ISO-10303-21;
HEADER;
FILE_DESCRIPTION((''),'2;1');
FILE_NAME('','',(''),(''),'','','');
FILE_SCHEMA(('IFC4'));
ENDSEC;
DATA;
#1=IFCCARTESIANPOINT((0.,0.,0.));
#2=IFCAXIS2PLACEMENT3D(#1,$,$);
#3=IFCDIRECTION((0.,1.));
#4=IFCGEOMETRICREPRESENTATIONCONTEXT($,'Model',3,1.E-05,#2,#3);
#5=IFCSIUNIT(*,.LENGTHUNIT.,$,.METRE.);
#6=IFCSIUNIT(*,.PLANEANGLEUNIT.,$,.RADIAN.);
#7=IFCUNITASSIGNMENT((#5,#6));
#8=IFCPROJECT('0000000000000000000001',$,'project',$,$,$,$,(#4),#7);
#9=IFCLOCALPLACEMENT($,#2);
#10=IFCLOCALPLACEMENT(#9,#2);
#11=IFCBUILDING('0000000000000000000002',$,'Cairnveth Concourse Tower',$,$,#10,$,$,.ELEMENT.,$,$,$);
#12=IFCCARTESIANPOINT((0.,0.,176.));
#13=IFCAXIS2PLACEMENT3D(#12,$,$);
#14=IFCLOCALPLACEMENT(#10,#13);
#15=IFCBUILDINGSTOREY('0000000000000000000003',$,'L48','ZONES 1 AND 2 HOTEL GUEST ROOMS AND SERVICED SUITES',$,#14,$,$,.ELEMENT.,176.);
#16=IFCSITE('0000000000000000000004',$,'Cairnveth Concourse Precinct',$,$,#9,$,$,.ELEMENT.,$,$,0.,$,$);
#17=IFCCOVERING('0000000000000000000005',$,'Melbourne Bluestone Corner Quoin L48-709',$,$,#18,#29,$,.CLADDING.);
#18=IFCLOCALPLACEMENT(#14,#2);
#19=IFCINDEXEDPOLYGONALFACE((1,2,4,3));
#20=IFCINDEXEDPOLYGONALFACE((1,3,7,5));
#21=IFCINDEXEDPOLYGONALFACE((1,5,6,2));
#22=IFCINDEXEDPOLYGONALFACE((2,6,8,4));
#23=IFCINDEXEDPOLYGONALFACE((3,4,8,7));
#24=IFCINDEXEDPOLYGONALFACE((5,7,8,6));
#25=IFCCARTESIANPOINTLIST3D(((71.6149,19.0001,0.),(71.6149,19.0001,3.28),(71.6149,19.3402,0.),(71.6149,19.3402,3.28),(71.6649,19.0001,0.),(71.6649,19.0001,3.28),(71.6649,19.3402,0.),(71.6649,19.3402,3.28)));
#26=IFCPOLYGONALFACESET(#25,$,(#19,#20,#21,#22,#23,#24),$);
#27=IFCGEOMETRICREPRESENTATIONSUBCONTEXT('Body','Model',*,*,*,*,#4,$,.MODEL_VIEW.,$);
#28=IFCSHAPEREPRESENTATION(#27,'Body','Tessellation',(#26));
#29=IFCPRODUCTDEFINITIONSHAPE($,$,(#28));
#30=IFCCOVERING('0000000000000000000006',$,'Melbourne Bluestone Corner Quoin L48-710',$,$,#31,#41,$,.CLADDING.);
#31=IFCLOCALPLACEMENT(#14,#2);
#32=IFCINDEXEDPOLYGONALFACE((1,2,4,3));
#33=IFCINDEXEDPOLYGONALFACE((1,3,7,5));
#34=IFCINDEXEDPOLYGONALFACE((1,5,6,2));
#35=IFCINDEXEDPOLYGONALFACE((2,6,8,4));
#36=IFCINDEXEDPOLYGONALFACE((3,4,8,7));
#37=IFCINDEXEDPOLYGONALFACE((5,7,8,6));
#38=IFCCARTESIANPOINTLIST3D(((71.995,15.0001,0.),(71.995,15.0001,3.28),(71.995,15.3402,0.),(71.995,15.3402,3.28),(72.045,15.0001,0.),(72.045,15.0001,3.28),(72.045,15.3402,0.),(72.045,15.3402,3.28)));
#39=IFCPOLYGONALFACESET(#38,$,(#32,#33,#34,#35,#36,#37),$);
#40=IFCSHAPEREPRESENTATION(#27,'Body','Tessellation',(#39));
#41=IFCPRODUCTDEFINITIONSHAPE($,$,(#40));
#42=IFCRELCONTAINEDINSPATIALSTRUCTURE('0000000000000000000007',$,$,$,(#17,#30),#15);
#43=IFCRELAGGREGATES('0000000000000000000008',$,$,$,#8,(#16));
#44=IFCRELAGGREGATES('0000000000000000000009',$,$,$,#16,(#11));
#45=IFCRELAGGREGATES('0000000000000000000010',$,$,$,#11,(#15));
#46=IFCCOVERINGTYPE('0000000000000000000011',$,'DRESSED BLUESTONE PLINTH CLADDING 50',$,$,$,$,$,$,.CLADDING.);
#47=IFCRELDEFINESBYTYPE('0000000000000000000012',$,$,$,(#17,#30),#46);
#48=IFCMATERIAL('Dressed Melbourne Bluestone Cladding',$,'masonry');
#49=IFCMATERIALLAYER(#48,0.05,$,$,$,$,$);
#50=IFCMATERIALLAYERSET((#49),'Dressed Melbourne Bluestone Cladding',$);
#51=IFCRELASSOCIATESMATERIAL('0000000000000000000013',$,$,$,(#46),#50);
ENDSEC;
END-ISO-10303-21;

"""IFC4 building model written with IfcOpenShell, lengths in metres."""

from ifc_helpers import new_model, si_unit, direction, frame, frame_2d, origin, place, context, subcontext, project, spatial, rectangle, extrude, material, layer, layer_set, type_object, element, save


model = new_model("IFC4")

# Units and contexts
model_context = context("Model", 3, precision=1e-05, world=origin(), true_north=direction((0.0, 1.0)))
body_context = subcontext(model_context, "Body", "Model", "MODEL_VIEW")
ifc_project = project(units=[si_unit("LENGTHUNIT", "METRE"), si_unit("PLANEANGLEUNIT", "RADIAN")], contexts=[model_context])

# Site, building, storey
site_placement = place(None, origin())
site = spatial("IfcSite", under=ifc_project, at=site_placement, Name="Cairnveth Concourse Precinct", CompositionType="ELEMENT", RefElevation=0.0)
building_placement = place(site_placement, origin())
building = spatial("IfcBuilding", under=site, at=building_placement, Name="Cairnveth Concourse Tower", CompositionType="ELEMENT")
storey_placement = place(building_placement, frame((0.0, 0.0, 176.0)))
storey = spatial("IfcBuildingStorey", under=building, at=storey_placement, Name="L48", Description="ZONES 1 AND 2 HOTEL GUEST ROOMS AND SERVICED SUITES", CompositionType="ELEMENT", Elevation=176.0)

# Coverings
ifc_material_1 = material(Name="Dressed Melbourne Bluestone Cladding", Category="masonry")
ifc_layer_1 = layer(ifc_material_1, 0.05)
ifc_layer_set_1 = layer_set([ifc_layer_1], Name="Dressed Melbourne Bluestone Cladding")
covering_type = type_object("IfcCoveringType", Name="DRESSED BLUESTONE PLINTH CLADDING 50", PredefinedType="CLADDING", material=ifc_layer_set_1)
for number, where, z_axis, x_axis, name in (
    (1, (71.6399, 19.3401, 0.0), (0.0, 0.0, 1.0), (0.0, -1.0, 0.0), "Melbourne Bluestone Corner Quoin L48-709"),
    (2, (72.02, 15.3401, 0.0), (0.0, 0.0, 1.0), (0.0, -1.0, 0.0), "Melbourne Bluestone Corner Quoin L48-710"),
):
    element("IfcCovering", number, at=place(storey_placement, frame(where, z_axis=z_axis, x_axis=x_axis)), inside=storey, type_object=covering_type, Name=name, PredefinedType="CLADDING", context=body_context, shape_type="SweptSolid", body=[
        extrude(rectangle(XDim=0.3401, YDim=0.05, at=frame_2d((0.1699, 0.0))), origin(), (0.0, 0.0, 1.0), 3.28),
    ])

save(model, "model.ifc")
